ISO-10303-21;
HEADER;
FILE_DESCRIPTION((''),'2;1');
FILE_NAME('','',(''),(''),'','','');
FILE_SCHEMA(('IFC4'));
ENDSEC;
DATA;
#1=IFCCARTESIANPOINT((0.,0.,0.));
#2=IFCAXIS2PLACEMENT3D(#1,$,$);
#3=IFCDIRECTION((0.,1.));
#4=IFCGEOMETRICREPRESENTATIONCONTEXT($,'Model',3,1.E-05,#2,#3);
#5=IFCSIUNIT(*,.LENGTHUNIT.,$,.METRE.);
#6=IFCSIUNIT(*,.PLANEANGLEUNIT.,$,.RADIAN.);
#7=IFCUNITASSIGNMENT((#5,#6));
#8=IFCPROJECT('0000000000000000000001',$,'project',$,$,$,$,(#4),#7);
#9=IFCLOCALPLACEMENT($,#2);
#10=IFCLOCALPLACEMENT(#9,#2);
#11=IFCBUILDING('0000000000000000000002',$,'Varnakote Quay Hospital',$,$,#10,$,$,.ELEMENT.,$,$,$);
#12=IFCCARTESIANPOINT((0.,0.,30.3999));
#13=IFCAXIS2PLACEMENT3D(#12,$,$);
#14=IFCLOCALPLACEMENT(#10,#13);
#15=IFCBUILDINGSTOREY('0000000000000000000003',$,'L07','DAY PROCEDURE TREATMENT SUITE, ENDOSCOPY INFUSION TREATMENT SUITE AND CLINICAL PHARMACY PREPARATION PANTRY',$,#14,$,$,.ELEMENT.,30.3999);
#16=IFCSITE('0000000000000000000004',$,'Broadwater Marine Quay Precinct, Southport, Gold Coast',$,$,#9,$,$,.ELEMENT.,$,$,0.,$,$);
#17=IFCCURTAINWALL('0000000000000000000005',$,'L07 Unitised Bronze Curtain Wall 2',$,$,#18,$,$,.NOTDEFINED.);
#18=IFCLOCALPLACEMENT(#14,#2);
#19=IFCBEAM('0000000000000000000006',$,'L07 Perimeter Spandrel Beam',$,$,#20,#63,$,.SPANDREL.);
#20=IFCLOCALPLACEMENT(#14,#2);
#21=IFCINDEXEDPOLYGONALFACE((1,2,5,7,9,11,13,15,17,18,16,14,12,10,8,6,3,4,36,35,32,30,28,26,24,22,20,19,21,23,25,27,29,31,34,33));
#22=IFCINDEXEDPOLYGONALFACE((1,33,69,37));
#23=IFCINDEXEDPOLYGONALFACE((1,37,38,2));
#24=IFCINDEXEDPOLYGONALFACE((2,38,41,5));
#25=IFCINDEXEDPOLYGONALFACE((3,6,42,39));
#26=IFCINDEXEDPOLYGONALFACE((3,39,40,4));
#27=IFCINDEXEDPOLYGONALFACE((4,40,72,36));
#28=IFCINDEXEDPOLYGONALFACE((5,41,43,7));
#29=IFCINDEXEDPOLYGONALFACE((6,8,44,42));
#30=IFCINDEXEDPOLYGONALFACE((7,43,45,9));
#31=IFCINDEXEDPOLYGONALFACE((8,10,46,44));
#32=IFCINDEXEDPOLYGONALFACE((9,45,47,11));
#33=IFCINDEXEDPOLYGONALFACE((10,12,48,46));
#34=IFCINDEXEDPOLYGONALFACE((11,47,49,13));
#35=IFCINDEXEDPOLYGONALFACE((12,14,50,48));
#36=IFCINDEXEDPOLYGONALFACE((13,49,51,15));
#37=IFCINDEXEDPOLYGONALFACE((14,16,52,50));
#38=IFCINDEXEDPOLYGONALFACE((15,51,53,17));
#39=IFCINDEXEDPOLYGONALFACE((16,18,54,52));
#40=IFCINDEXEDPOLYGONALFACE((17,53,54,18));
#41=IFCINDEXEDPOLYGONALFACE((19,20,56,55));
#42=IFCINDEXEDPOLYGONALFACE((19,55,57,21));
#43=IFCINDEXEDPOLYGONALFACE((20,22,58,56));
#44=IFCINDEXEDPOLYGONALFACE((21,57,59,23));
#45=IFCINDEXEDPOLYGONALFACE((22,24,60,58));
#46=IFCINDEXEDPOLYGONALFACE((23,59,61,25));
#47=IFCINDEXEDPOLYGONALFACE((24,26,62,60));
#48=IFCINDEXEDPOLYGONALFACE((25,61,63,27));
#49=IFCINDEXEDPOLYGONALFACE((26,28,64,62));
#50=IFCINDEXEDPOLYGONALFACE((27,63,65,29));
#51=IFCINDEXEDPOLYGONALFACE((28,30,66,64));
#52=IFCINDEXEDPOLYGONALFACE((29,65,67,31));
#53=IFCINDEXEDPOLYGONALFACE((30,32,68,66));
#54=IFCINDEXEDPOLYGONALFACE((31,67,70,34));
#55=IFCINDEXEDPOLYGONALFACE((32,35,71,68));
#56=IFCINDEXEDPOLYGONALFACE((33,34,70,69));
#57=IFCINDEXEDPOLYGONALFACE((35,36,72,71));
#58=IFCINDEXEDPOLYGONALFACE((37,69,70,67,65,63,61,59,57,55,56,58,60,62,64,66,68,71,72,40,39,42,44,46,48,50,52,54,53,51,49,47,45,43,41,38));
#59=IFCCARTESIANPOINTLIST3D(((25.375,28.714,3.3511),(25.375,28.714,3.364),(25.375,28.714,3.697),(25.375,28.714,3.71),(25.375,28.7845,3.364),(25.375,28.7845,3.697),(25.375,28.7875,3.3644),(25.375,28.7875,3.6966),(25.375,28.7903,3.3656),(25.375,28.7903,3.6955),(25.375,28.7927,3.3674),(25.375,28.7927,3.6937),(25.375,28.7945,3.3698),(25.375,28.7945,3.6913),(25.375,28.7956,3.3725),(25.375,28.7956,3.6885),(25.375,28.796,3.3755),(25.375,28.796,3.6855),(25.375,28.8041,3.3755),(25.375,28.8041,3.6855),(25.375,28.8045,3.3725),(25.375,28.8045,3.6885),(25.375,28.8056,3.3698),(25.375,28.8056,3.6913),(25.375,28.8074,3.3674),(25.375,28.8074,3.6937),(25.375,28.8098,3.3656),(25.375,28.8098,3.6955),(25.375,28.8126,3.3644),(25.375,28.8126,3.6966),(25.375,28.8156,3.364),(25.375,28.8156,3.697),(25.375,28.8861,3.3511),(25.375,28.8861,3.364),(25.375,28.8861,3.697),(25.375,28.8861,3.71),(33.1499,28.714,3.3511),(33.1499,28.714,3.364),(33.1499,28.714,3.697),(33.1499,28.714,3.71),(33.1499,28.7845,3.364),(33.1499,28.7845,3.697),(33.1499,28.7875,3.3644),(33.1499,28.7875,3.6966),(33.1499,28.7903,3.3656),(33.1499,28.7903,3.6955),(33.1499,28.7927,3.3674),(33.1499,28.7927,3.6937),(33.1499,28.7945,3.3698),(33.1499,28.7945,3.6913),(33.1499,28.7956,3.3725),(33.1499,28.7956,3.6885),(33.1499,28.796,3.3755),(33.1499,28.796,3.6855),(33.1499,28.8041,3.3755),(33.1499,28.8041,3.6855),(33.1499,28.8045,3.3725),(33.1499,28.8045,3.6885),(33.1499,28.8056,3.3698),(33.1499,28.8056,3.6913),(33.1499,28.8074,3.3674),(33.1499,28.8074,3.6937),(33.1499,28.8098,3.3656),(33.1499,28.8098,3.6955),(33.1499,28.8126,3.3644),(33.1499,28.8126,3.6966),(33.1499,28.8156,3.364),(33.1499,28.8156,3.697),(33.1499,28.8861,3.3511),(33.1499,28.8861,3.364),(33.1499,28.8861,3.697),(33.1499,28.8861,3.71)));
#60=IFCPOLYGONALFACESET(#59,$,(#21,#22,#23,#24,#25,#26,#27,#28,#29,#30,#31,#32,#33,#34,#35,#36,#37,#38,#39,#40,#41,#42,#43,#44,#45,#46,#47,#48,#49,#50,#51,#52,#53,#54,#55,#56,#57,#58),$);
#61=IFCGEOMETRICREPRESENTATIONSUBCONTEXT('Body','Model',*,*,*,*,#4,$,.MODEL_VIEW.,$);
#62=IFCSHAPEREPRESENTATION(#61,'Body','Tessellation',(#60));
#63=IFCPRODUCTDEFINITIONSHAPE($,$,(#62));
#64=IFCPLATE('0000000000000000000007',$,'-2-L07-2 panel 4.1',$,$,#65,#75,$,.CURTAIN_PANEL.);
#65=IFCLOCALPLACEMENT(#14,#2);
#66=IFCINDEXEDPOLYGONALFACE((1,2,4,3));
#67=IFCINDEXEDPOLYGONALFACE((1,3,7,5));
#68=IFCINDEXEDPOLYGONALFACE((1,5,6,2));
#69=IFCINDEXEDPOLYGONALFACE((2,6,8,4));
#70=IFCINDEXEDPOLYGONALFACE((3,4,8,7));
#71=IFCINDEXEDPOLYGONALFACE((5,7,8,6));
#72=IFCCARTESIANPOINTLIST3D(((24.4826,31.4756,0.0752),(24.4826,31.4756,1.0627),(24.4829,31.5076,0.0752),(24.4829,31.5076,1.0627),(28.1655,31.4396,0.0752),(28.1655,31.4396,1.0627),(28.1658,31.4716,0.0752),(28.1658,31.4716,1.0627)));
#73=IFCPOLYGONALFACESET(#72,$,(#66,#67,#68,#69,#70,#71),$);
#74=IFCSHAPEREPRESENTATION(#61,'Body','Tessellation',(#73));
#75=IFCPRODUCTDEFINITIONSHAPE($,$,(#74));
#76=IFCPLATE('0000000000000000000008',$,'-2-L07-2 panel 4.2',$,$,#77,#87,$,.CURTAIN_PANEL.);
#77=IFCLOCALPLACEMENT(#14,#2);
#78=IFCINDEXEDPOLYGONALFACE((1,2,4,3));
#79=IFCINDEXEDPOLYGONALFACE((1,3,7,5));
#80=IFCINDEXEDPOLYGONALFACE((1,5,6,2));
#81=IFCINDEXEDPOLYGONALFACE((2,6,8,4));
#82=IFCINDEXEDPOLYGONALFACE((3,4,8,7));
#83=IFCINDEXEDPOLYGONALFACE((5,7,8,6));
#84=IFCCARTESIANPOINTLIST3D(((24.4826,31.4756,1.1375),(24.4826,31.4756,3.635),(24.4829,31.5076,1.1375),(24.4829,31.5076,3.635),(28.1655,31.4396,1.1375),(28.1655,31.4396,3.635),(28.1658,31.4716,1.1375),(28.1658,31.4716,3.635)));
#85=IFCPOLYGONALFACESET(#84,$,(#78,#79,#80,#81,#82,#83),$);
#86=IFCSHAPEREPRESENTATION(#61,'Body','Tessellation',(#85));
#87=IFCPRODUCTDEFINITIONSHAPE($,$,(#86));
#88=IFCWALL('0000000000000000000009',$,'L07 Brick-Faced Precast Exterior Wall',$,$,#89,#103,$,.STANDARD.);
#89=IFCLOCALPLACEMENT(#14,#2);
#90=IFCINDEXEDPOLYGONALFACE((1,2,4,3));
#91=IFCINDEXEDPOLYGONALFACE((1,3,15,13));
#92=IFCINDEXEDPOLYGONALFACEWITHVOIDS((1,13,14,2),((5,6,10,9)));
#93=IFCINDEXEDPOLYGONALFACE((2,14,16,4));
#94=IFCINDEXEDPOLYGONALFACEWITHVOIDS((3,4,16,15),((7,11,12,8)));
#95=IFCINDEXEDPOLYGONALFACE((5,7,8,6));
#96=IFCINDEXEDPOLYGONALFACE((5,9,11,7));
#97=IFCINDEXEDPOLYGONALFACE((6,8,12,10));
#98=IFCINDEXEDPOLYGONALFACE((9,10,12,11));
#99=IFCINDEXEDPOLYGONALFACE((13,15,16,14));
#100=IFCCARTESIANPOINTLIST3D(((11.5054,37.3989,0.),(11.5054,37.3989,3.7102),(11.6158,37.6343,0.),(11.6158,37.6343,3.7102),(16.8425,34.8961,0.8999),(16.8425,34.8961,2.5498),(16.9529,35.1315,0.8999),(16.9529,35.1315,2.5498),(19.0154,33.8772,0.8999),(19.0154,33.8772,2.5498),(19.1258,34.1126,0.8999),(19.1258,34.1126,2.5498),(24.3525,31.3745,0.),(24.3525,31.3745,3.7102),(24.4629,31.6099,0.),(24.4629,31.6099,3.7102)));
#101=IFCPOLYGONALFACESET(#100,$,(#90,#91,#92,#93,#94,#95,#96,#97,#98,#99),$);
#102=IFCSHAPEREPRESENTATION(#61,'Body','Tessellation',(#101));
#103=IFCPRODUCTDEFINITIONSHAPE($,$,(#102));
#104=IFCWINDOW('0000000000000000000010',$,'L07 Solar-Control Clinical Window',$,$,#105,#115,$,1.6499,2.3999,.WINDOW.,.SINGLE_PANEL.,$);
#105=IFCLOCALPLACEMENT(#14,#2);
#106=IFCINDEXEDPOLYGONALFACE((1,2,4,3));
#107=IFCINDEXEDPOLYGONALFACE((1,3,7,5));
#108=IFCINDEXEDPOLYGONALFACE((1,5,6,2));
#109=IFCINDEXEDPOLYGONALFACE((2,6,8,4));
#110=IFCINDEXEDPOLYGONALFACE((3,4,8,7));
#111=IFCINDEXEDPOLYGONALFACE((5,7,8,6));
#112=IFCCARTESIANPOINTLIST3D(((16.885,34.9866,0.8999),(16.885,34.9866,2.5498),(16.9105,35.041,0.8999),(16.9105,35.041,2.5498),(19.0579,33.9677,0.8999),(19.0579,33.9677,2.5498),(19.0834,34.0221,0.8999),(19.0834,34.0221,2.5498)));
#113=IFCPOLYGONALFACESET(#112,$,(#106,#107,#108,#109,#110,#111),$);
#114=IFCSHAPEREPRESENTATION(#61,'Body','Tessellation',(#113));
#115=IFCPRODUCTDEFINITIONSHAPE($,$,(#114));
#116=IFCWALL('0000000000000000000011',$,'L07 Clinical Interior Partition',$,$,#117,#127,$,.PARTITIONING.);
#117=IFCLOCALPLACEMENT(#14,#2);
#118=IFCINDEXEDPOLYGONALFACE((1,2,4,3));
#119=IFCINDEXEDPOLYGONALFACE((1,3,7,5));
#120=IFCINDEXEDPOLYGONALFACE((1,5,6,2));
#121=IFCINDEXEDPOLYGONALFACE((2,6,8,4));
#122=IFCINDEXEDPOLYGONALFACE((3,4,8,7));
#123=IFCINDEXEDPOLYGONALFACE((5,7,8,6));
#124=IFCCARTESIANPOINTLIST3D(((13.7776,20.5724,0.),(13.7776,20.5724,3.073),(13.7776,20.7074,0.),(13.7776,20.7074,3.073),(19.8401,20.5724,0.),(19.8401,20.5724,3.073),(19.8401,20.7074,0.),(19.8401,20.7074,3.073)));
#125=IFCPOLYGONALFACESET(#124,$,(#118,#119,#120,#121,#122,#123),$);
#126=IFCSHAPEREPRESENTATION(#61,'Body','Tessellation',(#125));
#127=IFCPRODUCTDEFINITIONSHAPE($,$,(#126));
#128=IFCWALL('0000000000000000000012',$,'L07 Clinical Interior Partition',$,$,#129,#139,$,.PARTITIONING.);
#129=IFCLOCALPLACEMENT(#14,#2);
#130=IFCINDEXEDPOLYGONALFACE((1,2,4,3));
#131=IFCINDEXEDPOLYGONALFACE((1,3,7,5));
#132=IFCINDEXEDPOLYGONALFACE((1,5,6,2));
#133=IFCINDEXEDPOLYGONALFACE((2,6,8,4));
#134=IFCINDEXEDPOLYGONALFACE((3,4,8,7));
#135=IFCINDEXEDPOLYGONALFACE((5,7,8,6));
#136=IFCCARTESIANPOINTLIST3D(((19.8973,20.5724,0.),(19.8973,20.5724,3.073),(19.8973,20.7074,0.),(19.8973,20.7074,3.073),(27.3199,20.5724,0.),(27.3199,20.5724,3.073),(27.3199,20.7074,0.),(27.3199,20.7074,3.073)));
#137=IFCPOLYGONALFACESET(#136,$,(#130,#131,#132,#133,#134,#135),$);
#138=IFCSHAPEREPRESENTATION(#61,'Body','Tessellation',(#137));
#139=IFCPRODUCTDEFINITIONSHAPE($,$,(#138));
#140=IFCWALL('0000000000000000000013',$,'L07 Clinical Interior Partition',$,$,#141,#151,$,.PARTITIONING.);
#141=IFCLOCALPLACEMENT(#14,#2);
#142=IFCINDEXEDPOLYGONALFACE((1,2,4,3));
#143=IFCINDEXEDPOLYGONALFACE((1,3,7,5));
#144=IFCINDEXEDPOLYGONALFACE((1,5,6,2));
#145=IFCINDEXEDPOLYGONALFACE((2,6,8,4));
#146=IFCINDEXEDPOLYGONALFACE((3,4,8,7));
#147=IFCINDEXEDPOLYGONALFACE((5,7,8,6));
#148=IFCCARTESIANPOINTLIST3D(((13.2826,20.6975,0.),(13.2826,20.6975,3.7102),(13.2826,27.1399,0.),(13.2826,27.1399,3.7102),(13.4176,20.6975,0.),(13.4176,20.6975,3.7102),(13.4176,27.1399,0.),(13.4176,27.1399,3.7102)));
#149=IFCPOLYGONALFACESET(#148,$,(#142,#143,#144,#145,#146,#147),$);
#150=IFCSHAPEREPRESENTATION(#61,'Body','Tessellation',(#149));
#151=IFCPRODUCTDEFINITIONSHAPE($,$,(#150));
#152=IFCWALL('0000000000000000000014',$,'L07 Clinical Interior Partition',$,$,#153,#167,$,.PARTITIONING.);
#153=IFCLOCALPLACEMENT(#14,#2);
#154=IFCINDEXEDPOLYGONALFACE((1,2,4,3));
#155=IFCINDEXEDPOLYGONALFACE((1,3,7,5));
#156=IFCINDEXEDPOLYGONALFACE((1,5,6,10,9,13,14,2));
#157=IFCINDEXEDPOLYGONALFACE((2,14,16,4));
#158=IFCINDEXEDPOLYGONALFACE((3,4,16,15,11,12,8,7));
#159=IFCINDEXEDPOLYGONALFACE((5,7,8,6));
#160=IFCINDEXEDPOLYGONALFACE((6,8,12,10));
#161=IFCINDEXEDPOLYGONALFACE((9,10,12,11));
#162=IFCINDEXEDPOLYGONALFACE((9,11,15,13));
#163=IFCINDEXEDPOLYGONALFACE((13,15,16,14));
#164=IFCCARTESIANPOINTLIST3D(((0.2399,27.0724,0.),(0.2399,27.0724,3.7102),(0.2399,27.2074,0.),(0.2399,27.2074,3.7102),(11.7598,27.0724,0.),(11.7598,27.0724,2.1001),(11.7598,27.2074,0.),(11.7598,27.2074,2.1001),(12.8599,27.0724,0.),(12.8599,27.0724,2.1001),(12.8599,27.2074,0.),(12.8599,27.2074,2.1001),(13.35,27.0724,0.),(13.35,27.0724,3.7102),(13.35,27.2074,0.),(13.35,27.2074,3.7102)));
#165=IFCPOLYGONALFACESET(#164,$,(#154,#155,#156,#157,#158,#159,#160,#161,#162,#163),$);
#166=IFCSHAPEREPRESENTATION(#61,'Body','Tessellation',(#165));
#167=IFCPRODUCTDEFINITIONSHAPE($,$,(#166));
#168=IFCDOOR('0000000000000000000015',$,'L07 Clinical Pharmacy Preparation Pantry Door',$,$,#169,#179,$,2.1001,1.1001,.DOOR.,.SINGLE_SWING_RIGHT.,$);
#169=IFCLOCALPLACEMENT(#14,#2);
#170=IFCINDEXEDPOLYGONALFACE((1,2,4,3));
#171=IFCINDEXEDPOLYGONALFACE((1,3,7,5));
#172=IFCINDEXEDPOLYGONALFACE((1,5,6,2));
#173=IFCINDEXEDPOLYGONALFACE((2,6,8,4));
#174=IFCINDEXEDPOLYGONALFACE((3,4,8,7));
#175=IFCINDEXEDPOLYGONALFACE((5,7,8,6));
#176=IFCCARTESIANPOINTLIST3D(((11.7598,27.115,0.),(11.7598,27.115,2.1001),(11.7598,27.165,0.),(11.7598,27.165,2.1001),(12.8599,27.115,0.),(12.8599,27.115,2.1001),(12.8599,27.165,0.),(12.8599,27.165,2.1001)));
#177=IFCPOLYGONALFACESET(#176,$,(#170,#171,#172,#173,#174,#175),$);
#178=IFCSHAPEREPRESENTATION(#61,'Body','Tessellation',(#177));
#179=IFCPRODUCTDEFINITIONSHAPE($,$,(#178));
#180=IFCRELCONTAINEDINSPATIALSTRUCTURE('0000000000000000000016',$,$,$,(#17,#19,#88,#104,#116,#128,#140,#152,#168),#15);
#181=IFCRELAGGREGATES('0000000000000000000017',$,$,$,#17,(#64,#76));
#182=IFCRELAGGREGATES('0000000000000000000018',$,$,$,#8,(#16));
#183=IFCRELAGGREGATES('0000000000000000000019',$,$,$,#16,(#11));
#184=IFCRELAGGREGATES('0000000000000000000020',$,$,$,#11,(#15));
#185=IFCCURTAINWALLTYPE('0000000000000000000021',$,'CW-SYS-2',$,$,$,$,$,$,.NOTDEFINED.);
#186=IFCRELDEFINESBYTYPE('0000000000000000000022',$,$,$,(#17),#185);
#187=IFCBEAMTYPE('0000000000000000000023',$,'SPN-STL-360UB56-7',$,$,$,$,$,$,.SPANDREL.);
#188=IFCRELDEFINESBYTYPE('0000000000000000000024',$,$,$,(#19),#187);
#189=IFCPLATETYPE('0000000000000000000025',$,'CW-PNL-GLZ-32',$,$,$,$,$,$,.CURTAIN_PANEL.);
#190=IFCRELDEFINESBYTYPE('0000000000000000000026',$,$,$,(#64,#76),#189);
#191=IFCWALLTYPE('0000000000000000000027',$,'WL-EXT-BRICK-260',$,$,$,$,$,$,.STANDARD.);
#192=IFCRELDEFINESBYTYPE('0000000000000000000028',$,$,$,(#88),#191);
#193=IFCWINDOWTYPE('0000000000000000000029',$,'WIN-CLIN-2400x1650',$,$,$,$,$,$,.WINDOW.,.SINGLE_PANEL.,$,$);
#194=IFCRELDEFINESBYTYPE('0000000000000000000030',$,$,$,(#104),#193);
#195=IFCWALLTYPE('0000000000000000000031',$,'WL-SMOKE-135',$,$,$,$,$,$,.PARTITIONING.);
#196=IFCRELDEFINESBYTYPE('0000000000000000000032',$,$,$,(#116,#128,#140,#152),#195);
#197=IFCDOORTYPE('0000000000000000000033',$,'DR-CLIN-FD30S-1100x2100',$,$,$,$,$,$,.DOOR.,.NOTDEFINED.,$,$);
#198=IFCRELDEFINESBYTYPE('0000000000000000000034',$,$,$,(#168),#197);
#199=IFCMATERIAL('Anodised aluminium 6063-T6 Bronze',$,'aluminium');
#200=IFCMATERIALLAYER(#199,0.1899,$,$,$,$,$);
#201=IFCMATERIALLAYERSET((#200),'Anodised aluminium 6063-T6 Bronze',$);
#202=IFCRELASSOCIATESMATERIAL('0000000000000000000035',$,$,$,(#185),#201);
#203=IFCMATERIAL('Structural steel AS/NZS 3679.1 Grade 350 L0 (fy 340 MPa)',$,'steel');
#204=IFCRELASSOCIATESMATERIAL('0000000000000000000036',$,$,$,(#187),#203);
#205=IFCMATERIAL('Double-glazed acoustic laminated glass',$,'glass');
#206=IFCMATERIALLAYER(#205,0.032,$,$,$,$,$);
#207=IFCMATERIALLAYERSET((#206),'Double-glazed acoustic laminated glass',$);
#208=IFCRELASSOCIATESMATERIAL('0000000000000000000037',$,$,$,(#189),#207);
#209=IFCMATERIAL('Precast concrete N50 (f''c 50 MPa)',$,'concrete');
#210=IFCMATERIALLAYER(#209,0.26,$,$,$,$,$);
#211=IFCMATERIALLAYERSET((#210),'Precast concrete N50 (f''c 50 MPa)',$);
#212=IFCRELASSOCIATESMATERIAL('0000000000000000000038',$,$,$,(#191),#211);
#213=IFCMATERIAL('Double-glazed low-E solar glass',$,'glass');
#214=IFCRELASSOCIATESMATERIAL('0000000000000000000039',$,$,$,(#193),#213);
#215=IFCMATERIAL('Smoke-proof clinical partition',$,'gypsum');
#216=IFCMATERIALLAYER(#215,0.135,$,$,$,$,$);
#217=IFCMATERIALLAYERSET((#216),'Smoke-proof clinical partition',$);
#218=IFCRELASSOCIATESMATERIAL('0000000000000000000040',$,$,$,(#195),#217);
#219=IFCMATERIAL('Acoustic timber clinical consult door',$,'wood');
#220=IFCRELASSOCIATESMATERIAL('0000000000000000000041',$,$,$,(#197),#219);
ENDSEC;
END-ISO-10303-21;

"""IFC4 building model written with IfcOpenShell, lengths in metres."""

from ifc_helpers import new_model, si_unit, direction, frame, frame_2d, origin, origin_2d, place, context, subcontext, project, spatial, rectangle, i_section, extrude, material, layer, layer_set, material_profile, profile_set, type_object, element, fill, aggregate, save


model = new_model("IFC4")

# Units and contexts
model_context = context("Model", 3, precision=1e-05, world=origin(), true_north=direction((0.0, 1.0)))
body_context = subcontext(model_context, "Body", "Model", "MODEL_VIEW")
ifc_project = project(units=[si_unit("LENGTHUNIT", "METRE"), si_unit("PLANEANGLEUNIT", "RADIAN")], contexts=[model_context])

# Site, building, storey
site_placement = place(None, origin())
site = spatial("IfcSite", under=ifc_project, at=site_placement, Name="Broadwater Marine Quay Precinct, Southport, Gold Coast", CompositionType="ELEMENT", RefElevation=0.0)
building_placement = place(site_placement, origin())
building = spatial("IfcBuilding", under=site, at=building_placement, Name="Varnakote Quay Hospital", CompositionType="ELEMENT")
storey_placement = place(building_placement, frame((0.0, 0.0, 30.3999)))
storey = spatial("IfcBuildingStorey", under=building, at=storey_placement, Name="L07", Description="DAY PROCEDURE TREATMENT SUITE, ENDOSCOPY INFUSION TREATMENT SUITE AND CLINICAL PHARMACY PREPARATION PANTRY", CompositionType="ELEMENT", Elevation=30.3999)

# Curtain wall
ifc_material_1 = material(Name="Anodised aluminium 6063-T6 Bronze", Category="aluminium")
ifc_layer_1 = layer(ifc_material_1, 0.1899)
ifc_layer_set_1 = layer_set([ifc_layer_1], Name="Anodised aluminium 6063-T6 Bronze")
curtain_wall_type = type_object("IfcCurtainWallType", Name="CW-SYS-2", PredefinedType="NOTDEFINED", material=ifc_layer_set_1)
curtain_wall_placement = place(storey_placement, origin())
curtain_wall = element("IfcCurtainWall", 1, at=curtain_wall_placement, inside=storey, type_object=curtain_wall_type, Name="L07 Unitised Bronze Curtain Wall 2", PredefinedType="NOTDEFINED")

# Beam
ifc_material_2 = material(Name="Structural steel AS/NZS 3679.1 Grade 350 L0 (fy 340 MPa)", Category="steel")
ifc_material_profile_1 = material_profile(ifc_material_2, i_section(OverallWidth=0.1721, OverallDepth=0.3589, WebThickness=0.0081, FlangeThickness=0.0129, FilletRadius=0.0115, at=origin_2d()), Name="360UB56.7")
ifc_profile_set_1 = profile_set([ifc_material_profile_1], Name="Structural steel AS/NZS 3679.1 Grade 350 L0 (fy 340 MPa)")
beam_type_1 = type_object("IfcBeamType", Name="SPN-STL-360UB56-7", PredefinedType="SPANDREL", material=ifc_profile_set_1)
beam_1_placement = place(storey_placement, frame((25.375, 28.8, 3.5305), z_axis=(1.0, 0.0, 0.0), x_axis=(0.0, 1.0, 0.0)))
element("IfcBeam", 2, at=beam_1_placement, inside=storey, type_object=beam_type_1, Name="L07 Perimeter Spandrel Beam", PredefinedType="SPANDREL", context=body_context, shape_type="SweptSolid", body=[
    extrude(i_section(OverallWidth=0.1721, OverallDepth=0.3589, WebThickness=0.0081, FlangeThickness=0.0129, FilletRadius=0.0115, at=origin_2d()), origin(), (0.0, 0.0, 1.0), 7.7749),
])

# Plates
ifc_material_3 = material(Name="Double-glazed acoustic laminated glass", Category="glass")
ifc_layer_2 = layer(ifc_material_3, 0.032)
ifc_layer_set_2 = layer_set([ifc_layer_2], Name="Double-glazed acoustic laminated glass")
plate_type = type_object("IfcPlateType", Name="CW-PNL-GLZ-32", PredefinedType="CURTAIN_PANEL", material=ifc_layer_set_2)
plate_1_placement = place(storey_placement, frame((26.3242, 31.4736, 0.0752), z_axis=(0.0, 0.0, 1.0), x_axis=(-0.999952, 0.009774, 0.0)))
plate_1 = element("IfcPlate", 3, at=plate_1_placement, type_object=plate_type, Name="-2-L07-2 panel 4.1", PredefinedType="CURTAIN_PANEL", context=body_context, shape_type="SweptSolid", body=[
    extrude(rectangle(XDim=3.6831, YDim=0.032, at=origin_2d()), origin(), (0.0, 0.0, 1.0), 0.9875),
])
plate_2_placement = place(storey_placement, frame((26.3242, 31.4736, 1.1375), z_axis=(0.0, 0.0, 1.0), x_axis=(-0.999952, 0.009774, 0.0)))
plate_2 = element("IfcPlate", 4, at=plate_2_placement, type_object=plate_type, Name="-2-L07-2 panel 4.2", PredefinedType="CURTAIN_PANEL", context=body_context, shape_type="SweptSolid", body=[
    extrude(rectangle(XDim=3.6831, YDim=0.032, at=origin_2d()), origin(), (0.0, 0.0, 1.0), 2.4976),
])
aggregate(curtain_wall, [plate_1, plate_2])

# Wall, opening, window
ifc_material_4 = material(Name="Precast concrete N50 (f'c 50 MPa)", Category="concrete")
ifc_layer_3 = layer(ifc_material_4, 0.26)
ifc_layer_set_3 = layer_set([ifc_layer_3], Name="Precast concrete N50 (f'c 50 MPa)")
wall_type_1 = type_object("IfcWallType", Name="WL-EXT-BRICK-260", PredefinedType="STANDARD", material=ifc_layer_set_3)
wall_1_placement = place(storey_placement, frame((24.4077, 31.4922, 0.0), z_axis=(0.0, 0.0, 1.0), x_axis=(-0.905397, 0.424567, 0.0)))
wall_1 = element("IfcWall", 5, at=wall_1_placement, inside=storey, type_object=wall_type_1, Name="L07 Brick-Faced Precast Exterior Wall", PredefinedType="STANDARD", context=body_context, shape_type="SweptSolid", body=[
    extrude(rectangle(XDim=14.1895, YDim=0.26, at=frame_2d((7.0947, 0.0))), origin(), (0.0, 0.0, 1.0), 3.7102),
])
opening_1_placement = place(wall_1_placement, frame((5.8948, 0.0, 0.8999)))
opening_1 = element("IfcOpeningElement", 6, at=opening_1_placement, cuts=wall_1, PredefinedType="OPENING", context=body_context, shape_type="SweptSolid", body=[
    extrude(rectangle(XDim=2.3999, YDim=1.6499, at=frame_2d((1.2, 0.825))), frame((0.0, 0.1399, 0.0), z_axis=(0.0, -1.0, 0.0), x_axis=(1.0, 0.0, 0.0)), (0.0, 0.0, 1.0), 0.28),
])
ifc_material_5 = material(Name="Double-glazed low-E solar glass", Category="glass")
window_type = type_object("IfcWindowType", Name="WIN-CLIN-2400x1650", PartitioningType="SINGLE_PANEL", PredefinedType="WINDOW", material=ifc_material_5)
window_placement = place(opening_1_placement, origin())
window = element("IfcWindow", 7, at=window_placement, inside=storey, type_object=window_type, Name="L07 Solar-Control Clinical Window", OverallHeight=1.6499, OverallWidth=2.3999, PartitioningType="SINGLE_PANEL", PredefinedType="WINDOW", context=body_context, shape_type="SweptSolid", body=[
    extrude(rectangle(XDim=2.3999, YDim=1.6499, at=frame_2d((1.2, 0.825))), frame((0.0, 0.03, 0.0), z_axis=(0.0, -1.0, 0.0), x_axis=(1.0, 0.0, 0.0)), (0.0, 0.0, 1.0), 0.0601),
])
fill(opening_1, window)

# Walls
ifc_material_6 = material(Name="Smoke-proof clinical partition", Category="gypsum")
ifc_layer_4 = layer(ifc_material_6, 0.135)
ifc_layer_set_4 = layer_set([ifc_layer_4], Name="Smoke-proof clinical partition")
wall_type_2 = type_object("IfcWallType", Name="WL-SMOKE-135", PredefinedType="PARTITIONING", material=ifc_layer_set_4)
wall_2_placement = place(storey_placement, frame((19.8401, 20.6399, 0.0), z_axis=(0.0, 0.0, 1.0), x_axis=(-1.0, 0.0, 0.0)))
element("IfcWall", 8, at=wall_2_placement, inside=storey, type_object=wall_type_2, Name="L07 Clinical Interior Partition", PredefinedType="PARTITIONING", context=body_context, shape_type="SweptSolid", body=[
    extrude(rectangle(XDim=6.0625, YDim=0.135, at=frame_2d((3.0312, 0.0))), origin(), (0.0, 0.0, 1.0), 3.073),
])
wall_3_placement = place(storey_placement, frame((27.3201, 20.6399, 0.0), z_axis=(0.0, 0.0, 1.0), x_axis=(-1.0, 0.0, 0.0)))
element("IfcWall", 9, at=wall_3_placement, inside=storey, type_object=wall_type_2, Name="L07 Clinical Interior Partition", PredefinedType="PARTITIONING", context=body_context, shape_type="SweptSolid", body=[
    extrude(rectangle(XDim=7.4226, YDim=0.135, at=frame_2d((3.7114, 0.0))), origin(), (0.0, 0.0, 1.0), 3.073),
])
wall_4_placement = place(storey_placement, frame((13.3501, 20.6975, 0.0), z_axis=(0.0, 0.0, 1.0), x_axis=(0.0, 1.0, 0.0)))
element("IfcWall", 10, at=wall_4_placement, inside=storey, type_object=wall_type_2, Name="L07 Clinical Interior Partition", PredefinedType="PARTITIONING", context=body_context, shape_type="SweptSolid", body=[
    extrude(rectangle(XDim=6.4424, YDim=0.135, at=frame_2d((3.2212, 0.0))), origin(), (0.0, 0.0, 1.0), 3.7102),
])

# Wall, opening, door
wall_5_placement = place(storey_placement, frame((13.3501, 27.1399, 0.0), z_axis=(0.0, 0.0, 1.0), x_axis=(-1.0, 0.0, 0.0)))
wall_5 = element("IfcWall", 11, at=wall_5_placement, inside=storey, type_object=wall_type_2, Name="L07 Clinical Interior Partition", PredefinedType="PARTITIONING", context=body_context, shape_type="SweptSolid", body=[
    extrude(rectangle(XDim=13.1101, YDim=0.135, at=frame_2d((6.5552, 0.0))), origin(), (0.0, 0.0, 1.0), 3.7102),
])
opening_2_placement = place(wall_5_placement, frame((0.4902, 0.0, 0.0)))
opening_2 = element("IfcOpeningElement", 12, at=opening_2_placement, cuts=wall_5, PredefinedType="OPENING", context=body_context, shape_type="SweptSolid", body=[
    extrude(rectangle(XDim=1.1001, YDim=2.1001, at=frame_2d((0.55, 1.05))), frame((0.0, 0.0774, 0.0), z_axis=(0.0, -1.0, 0.0), x_axis=(1.0, 0.0, 0.0)), (0.0, 0.0, 1.0), 0.155),
])
ifc_material_7 = material(Name="Acoustic timber clinical consult door", Category="wood")
door_type = type_object("IfcDoorType", Name="DR-CLIN-FD30S-1100x2100", OperationType="NOTDEFINED", PredefinedType="DOOR", material=ifc_material_7)
door_placement = place(opening_2_placement, origin())
door = element("IfcDoor", 13, at=door_placement, inside=storey, type_object=door_type, Name="L07 Clinical Pharmacy Preparation Pantry Door", OperationType="SINGLE_SWING_RIGHT", OverallHeight=2.1001, OverallWidth=1.1001, PredefinedType="DOOR", context=body_context, shape_type="SweptSolid", body=[
    extrude(rectangle(XDim=1.1001, YDim=2.1001, at=frame_2d((0.55, 1.05))), frame((0.0, 0.0249, 0.0), z_axis=(0.0, -1.0, 0.0), x_axis=(1.0, 0.0, 0.0)), (0.0, 0.0, 1.0), 0.05),
])
fill(opening_2, door)

save(model, "model.ifc")
